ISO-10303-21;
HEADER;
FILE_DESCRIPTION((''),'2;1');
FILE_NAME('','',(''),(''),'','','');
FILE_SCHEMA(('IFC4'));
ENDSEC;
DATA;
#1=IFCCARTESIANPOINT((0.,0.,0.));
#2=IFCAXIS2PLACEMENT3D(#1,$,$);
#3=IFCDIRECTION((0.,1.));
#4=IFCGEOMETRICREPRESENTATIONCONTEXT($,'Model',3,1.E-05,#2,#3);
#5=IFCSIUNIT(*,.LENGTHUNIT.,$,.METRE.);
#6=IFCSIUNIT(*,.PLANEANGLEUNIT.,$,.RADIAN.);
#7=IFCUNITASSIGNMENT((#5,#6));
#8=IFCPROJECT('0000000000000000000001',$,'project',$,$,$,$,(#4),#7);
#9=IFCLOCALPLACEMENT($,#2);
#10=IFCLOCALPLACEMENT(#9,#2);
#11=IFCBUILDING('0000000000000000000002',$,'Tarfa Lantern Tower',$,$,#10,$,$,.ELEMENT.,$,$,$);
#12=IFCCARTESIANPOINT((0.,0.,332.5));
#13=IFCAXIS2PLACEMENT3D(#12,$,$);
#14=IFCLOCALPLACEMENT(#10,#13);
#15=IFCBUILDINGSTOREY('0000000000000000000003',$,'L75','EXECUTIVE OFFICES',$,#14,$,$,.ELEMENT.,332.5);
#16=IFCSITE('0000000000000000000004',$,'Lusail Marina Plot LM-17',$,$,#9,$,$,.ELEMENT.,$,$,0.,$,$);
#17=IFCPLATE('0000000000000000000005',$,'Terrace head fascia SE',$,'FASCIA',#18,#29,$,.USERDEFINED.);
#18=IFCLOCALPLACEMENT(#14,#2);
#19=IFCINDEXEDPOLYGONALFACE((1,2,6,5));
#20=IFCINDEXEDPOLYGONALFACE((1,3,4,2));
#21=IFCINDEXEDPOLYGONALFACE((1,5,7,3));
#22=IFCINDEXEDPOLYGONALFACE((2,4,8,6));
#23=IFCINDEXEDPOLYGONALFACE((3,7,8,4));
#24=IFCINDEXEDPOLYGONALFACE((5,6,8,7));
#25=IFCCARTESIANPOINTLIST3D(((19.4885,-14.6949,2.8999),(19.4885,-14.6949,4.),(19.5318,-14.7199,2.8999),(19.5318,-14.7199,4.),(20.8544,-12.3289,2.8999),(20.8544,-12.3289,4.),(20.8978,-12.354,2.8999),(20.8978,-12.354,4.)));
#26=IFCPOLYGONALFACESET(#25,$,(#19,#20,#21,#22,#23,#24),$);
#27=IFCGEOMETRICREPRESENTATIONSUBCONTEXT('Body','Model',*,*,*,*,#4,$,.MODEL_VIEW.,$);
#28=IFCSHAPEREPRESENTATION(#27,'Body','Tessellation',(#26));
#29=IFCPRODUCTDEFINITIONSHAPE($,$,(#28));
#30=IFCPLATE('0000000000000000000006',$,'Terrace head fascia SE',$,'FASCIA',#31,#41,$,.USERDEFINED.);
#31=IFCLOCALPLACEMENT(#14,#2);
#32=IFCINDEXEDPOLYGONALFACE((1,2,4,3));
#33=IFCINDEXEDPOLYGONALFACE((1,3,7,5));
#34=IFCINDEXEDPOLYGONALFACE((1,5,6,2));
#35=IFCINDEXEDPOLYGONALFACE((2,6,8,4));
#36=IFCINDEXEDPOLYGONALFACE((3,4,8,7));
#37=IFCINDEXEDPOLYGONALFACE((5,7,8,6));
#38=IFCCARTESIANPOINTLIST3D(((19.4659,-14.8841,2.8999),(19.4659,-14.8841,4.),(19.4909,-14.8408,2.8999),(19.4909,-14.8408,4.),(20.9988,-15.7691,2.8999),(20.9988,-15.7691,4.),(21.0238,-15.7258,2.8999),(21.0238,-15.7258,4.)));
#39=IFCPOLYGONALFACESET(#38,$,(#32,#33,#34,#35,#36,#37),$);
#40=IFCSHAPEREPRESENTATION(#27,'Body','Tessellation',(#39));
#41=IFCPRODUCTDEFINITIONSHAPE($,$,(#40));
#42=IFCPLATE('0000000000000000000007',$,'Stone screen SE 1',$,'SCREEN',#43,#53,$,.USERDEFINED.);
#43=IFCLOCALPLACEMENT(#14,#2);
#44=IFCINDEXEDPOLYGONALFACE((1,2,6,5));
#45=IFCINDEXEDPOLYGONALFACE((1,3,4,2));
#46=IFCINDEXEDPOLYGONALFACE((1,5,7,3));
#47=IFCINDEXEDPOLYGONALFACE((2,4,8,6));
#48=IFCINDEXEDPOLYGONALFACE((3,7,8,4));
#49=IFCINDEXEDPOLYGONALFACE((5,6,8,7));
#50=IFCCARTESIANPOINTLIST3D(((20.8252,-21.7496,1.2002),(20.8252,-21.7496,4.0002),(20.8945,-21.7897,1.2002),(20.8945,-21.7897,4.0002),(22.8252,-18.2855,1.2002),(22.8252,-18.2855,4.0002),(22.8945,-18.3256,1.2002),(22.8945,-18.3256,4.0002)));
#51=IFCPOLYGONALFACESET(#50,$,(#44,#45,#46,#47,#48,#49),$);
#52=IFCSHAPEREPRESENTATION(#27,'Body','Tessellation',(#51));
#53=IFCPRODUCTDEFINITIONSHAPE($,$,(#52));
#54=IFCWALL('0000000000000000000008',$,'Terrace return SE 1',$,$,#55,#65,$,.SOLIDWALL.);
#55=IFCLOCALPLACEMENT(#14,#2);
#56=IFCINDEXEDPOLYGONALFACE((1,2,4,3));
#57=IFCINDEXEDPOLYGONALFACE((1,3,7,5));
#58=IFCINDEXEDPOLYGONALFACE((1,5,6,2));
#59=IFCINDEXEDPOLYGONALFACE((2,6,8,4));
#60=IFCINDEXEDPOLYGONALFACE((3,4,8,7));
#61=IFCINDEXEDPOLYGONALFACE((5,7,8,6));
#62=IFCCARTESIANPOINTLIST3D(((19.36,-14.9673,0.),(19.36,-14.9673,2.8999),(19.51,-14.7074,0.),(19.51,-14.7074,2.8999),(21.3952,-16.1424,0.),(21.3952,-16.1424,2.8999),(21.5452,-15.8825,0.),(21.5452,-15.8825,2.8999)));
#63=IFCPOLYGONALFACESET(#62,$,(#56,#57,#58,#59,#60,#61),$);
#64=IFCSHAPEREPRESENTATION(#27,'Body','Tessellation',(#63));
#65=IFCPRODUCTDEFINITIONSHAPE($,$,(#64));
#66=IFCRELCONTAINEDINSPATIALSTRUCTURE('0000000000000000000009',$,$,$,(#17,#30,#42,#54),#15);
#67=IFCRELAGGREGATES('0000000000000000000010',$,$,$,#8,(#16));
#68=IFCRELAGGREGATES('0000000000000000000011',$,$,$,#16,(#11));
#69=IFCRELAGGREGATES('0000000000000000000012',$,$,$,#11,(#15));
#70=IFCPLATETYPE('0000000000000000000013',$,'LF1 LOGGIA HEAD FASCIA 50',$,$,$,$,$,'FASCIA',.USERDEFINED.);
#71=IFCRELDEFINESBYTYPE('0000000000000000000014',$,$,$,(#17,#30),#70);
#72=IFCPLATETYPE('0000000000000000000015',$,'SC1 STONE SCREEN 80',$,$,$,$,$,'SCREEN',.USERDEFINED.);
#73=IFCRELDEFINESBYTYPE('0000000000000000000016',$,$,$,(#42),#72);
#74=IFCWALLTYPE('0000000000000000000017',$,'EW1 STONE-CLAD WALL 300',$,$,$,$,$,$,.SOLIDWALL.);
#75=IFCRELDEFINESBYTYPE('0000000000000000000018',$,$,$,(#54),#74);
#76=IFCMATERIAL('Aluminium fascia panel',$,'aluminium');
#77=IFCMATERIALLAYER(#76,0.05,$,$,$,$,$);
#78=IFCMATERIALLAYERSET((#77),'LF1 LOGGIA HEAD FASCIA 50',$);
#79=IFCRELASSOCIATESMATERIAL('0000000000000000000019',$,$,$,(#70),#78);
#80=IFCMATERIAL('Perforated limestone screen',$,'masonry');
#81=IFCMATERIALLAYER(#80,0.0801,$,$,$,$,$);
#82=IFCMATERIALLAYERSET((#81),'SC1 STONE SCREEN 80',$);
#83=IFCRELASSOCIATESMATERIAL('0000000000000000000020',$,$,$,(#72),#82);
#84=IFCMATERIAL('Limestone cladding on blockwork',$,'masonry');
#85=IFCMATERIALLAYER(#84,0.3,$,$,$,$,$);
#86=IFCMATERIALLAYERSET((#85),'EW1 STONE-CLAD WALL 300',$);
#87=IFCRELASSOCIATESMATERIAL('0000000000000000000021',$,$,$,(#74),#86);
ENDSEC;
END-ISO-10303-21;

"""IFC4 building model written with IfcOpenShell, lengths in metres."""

from ifc_helpers import new_model, si_unit, direction, frame, frame_2d, origin, origin_2d, place, context, subcontext, project, spatial, rectangle, extrude, material, layer, layer_set, type_object, element, save


model = new_model("IFC4")

# Units and contexts
model_context = context("Model", 3, precision=1e-05, world=origin(), true_north=direction((0.0, 1.0)))
body_context = subcontext(model_context, "Body", "Model", "MODEL_VIEW")
ifc_project = project(units=[si_unit("LENGTHUNIT", "METRE"), si_unit("PLANEANGLEUNIT", "RADIAN")], contexts=[model_context])

# Site, building, storey
site_placement = place(None, origin())
site = spatial("IfcSite", under=ifc_project, at=site_placement, Name="Lusail Marina Plot LM-17", CompositionType="ELEMENT", RefElevation=0.0)
building_placement = place(site_placement, origin())
building = spatial("IfcBuilding", under=site, at=building_placement, Name="Tarfa Lantern Tower", CompositionType="ELEMENT")
storey_placement = place(building_placement, frame((0.0, 0.0, 332.5)))
storey = spatial("IfcBuildingStorey", under=building, at=storey_placement, Name="L75", Description="EXECUTIVE OFFICES", CompositionType="ELEMENT", Elevation=332.5)

# Plates
ifc_material_1 = material(Name="Aluminium fascia panel", Category="aluminium")
ifc_layer_1 = layer(ifc_material_1, 0.05)
ifc_layer_set_1 = layer_set([ifc_layer_1], Name="LF1 LOGGIA HEAD FASCIA 50")
plate_type_1 = type_object("IfcPlateType", Name="LF1 LOGGIA HEAD FASCIA 50", ElementType="FASCIA", PredefinedType="USERDEFINED", material=ifc_layer_set_1)
plate_1_placement = place(storey_placement, frame((20.1931, -13.5244, 2.8999), z_axis=(0.0, 0.0, 1.0), x_axis=(0.5, 0.866025, 0.0)))
element("IfcPlate", 1, at=plate_1_placement, inside=storey, type_object=plate_type_1, Name="Terrace head fascia SE", ObjectType="FASCIA", PredefinedType="USERDEFINED", context=body_context, shape_type="SweptSolid", body=[
    extrude(rectangle(XDim=2.7319, YDim=0.05, at=origin_2d()), origin(), (0.0, 0.0, 1.0), 1.1001),
])
plate_2_placement = place(storey_placement, frame((20.2449, -15.3049, 2.8999), z_axis=(0.0, 0.0, 1.0), x_axis=(-0.866025, 0.5, 0.0)))
element("IfcPlate", 2, at=plate_2_placement, inside=storey, type_object=plate_type_1, Name="Terrace head fascia SE", ObjectType="FASCIA", PredefinedType="USERDEFINED", context=body_context, shape_type="SweptSolid", body=[
    extrude(rectangle(XDim=1.77, YDim=0.05, at=origin_2d()), origin(), (0.0, 0.0, 1.0), 1.1001),
])
ifc_material_2 = material(Name="Perforated limestone screen", Category="masonry")
ifc_layer_2 = layer(ifc_material_2, 0.0801)
ifc_layer_set_2 = layer_set([ifc_layer_2], Name="SC1 STONE SCREEN 80")
plate_type_2 = type_object("IfcPlateType", Name="SC1 STONE SCREEN 80", ElementType="SCREEN", PredefinedType="USERDEFINED", material=ifc_layer_set_2)
plate_3_placement = place(storey_placement, frame((21.8599, -20.0376, 1.2002), z_axis=(0.0, 0.0, 1.0), x_axis=(0.5, 0.866025, 0.0)))
element("IfcPlate", 3, at=plate_3_placement, inside=storey, type_object=plate_type_2, Name="Stone screen SE 1", ObjectType="SCREEN", PredefinedType="USERDEFINED", context=body_context, shape_type="SweptSolid", body=[
    extrude(rectangle(XDim=4.0, YDim=0.0801, at=origin_2d()), origin(), (0.0, 0.0, 1.0), 2.8),
])

# Shared definitions
ifc_material_3 = material(Name="Limestone cladding on blockwork", Category="masonry")
ifc_layer_3 = layer(ifc_material_3, 0.3)
ifc_layer_set_3 = layer_set([ifc_layer_3], Name="EW1 STONE-CLAD WALL 300")
wall_type = type_object("IfcWallType", Name="EW1 STONE-CLAD WALL 300", PredefinedType="SOLIDWALL", material=ifc_layer_set_3)

# Wall
wall_1_placement = place(storey_placement, frame((21.4702, -16.0125, 0.0), z_axis=(0.0, 0.0, 1.0), x_axis=(-0.866016, 0.500016, 0.0)))
element("IfcWall", 4, at=wall_1_placement, inside=storey, type_object=wall_type, Name="Terrace return SE 1", PredefinedType="SOLIDWALL", context=body_context, shape_type="SweptSolid", body=[
    extrude(rectangle(XDim=2.3501, YDim=0.3, at=frame_2d((1.175, 0.0))), origin(), (0.0, 0.0, 1.0), 2.8999),
])

save(model, "model.ifc")
